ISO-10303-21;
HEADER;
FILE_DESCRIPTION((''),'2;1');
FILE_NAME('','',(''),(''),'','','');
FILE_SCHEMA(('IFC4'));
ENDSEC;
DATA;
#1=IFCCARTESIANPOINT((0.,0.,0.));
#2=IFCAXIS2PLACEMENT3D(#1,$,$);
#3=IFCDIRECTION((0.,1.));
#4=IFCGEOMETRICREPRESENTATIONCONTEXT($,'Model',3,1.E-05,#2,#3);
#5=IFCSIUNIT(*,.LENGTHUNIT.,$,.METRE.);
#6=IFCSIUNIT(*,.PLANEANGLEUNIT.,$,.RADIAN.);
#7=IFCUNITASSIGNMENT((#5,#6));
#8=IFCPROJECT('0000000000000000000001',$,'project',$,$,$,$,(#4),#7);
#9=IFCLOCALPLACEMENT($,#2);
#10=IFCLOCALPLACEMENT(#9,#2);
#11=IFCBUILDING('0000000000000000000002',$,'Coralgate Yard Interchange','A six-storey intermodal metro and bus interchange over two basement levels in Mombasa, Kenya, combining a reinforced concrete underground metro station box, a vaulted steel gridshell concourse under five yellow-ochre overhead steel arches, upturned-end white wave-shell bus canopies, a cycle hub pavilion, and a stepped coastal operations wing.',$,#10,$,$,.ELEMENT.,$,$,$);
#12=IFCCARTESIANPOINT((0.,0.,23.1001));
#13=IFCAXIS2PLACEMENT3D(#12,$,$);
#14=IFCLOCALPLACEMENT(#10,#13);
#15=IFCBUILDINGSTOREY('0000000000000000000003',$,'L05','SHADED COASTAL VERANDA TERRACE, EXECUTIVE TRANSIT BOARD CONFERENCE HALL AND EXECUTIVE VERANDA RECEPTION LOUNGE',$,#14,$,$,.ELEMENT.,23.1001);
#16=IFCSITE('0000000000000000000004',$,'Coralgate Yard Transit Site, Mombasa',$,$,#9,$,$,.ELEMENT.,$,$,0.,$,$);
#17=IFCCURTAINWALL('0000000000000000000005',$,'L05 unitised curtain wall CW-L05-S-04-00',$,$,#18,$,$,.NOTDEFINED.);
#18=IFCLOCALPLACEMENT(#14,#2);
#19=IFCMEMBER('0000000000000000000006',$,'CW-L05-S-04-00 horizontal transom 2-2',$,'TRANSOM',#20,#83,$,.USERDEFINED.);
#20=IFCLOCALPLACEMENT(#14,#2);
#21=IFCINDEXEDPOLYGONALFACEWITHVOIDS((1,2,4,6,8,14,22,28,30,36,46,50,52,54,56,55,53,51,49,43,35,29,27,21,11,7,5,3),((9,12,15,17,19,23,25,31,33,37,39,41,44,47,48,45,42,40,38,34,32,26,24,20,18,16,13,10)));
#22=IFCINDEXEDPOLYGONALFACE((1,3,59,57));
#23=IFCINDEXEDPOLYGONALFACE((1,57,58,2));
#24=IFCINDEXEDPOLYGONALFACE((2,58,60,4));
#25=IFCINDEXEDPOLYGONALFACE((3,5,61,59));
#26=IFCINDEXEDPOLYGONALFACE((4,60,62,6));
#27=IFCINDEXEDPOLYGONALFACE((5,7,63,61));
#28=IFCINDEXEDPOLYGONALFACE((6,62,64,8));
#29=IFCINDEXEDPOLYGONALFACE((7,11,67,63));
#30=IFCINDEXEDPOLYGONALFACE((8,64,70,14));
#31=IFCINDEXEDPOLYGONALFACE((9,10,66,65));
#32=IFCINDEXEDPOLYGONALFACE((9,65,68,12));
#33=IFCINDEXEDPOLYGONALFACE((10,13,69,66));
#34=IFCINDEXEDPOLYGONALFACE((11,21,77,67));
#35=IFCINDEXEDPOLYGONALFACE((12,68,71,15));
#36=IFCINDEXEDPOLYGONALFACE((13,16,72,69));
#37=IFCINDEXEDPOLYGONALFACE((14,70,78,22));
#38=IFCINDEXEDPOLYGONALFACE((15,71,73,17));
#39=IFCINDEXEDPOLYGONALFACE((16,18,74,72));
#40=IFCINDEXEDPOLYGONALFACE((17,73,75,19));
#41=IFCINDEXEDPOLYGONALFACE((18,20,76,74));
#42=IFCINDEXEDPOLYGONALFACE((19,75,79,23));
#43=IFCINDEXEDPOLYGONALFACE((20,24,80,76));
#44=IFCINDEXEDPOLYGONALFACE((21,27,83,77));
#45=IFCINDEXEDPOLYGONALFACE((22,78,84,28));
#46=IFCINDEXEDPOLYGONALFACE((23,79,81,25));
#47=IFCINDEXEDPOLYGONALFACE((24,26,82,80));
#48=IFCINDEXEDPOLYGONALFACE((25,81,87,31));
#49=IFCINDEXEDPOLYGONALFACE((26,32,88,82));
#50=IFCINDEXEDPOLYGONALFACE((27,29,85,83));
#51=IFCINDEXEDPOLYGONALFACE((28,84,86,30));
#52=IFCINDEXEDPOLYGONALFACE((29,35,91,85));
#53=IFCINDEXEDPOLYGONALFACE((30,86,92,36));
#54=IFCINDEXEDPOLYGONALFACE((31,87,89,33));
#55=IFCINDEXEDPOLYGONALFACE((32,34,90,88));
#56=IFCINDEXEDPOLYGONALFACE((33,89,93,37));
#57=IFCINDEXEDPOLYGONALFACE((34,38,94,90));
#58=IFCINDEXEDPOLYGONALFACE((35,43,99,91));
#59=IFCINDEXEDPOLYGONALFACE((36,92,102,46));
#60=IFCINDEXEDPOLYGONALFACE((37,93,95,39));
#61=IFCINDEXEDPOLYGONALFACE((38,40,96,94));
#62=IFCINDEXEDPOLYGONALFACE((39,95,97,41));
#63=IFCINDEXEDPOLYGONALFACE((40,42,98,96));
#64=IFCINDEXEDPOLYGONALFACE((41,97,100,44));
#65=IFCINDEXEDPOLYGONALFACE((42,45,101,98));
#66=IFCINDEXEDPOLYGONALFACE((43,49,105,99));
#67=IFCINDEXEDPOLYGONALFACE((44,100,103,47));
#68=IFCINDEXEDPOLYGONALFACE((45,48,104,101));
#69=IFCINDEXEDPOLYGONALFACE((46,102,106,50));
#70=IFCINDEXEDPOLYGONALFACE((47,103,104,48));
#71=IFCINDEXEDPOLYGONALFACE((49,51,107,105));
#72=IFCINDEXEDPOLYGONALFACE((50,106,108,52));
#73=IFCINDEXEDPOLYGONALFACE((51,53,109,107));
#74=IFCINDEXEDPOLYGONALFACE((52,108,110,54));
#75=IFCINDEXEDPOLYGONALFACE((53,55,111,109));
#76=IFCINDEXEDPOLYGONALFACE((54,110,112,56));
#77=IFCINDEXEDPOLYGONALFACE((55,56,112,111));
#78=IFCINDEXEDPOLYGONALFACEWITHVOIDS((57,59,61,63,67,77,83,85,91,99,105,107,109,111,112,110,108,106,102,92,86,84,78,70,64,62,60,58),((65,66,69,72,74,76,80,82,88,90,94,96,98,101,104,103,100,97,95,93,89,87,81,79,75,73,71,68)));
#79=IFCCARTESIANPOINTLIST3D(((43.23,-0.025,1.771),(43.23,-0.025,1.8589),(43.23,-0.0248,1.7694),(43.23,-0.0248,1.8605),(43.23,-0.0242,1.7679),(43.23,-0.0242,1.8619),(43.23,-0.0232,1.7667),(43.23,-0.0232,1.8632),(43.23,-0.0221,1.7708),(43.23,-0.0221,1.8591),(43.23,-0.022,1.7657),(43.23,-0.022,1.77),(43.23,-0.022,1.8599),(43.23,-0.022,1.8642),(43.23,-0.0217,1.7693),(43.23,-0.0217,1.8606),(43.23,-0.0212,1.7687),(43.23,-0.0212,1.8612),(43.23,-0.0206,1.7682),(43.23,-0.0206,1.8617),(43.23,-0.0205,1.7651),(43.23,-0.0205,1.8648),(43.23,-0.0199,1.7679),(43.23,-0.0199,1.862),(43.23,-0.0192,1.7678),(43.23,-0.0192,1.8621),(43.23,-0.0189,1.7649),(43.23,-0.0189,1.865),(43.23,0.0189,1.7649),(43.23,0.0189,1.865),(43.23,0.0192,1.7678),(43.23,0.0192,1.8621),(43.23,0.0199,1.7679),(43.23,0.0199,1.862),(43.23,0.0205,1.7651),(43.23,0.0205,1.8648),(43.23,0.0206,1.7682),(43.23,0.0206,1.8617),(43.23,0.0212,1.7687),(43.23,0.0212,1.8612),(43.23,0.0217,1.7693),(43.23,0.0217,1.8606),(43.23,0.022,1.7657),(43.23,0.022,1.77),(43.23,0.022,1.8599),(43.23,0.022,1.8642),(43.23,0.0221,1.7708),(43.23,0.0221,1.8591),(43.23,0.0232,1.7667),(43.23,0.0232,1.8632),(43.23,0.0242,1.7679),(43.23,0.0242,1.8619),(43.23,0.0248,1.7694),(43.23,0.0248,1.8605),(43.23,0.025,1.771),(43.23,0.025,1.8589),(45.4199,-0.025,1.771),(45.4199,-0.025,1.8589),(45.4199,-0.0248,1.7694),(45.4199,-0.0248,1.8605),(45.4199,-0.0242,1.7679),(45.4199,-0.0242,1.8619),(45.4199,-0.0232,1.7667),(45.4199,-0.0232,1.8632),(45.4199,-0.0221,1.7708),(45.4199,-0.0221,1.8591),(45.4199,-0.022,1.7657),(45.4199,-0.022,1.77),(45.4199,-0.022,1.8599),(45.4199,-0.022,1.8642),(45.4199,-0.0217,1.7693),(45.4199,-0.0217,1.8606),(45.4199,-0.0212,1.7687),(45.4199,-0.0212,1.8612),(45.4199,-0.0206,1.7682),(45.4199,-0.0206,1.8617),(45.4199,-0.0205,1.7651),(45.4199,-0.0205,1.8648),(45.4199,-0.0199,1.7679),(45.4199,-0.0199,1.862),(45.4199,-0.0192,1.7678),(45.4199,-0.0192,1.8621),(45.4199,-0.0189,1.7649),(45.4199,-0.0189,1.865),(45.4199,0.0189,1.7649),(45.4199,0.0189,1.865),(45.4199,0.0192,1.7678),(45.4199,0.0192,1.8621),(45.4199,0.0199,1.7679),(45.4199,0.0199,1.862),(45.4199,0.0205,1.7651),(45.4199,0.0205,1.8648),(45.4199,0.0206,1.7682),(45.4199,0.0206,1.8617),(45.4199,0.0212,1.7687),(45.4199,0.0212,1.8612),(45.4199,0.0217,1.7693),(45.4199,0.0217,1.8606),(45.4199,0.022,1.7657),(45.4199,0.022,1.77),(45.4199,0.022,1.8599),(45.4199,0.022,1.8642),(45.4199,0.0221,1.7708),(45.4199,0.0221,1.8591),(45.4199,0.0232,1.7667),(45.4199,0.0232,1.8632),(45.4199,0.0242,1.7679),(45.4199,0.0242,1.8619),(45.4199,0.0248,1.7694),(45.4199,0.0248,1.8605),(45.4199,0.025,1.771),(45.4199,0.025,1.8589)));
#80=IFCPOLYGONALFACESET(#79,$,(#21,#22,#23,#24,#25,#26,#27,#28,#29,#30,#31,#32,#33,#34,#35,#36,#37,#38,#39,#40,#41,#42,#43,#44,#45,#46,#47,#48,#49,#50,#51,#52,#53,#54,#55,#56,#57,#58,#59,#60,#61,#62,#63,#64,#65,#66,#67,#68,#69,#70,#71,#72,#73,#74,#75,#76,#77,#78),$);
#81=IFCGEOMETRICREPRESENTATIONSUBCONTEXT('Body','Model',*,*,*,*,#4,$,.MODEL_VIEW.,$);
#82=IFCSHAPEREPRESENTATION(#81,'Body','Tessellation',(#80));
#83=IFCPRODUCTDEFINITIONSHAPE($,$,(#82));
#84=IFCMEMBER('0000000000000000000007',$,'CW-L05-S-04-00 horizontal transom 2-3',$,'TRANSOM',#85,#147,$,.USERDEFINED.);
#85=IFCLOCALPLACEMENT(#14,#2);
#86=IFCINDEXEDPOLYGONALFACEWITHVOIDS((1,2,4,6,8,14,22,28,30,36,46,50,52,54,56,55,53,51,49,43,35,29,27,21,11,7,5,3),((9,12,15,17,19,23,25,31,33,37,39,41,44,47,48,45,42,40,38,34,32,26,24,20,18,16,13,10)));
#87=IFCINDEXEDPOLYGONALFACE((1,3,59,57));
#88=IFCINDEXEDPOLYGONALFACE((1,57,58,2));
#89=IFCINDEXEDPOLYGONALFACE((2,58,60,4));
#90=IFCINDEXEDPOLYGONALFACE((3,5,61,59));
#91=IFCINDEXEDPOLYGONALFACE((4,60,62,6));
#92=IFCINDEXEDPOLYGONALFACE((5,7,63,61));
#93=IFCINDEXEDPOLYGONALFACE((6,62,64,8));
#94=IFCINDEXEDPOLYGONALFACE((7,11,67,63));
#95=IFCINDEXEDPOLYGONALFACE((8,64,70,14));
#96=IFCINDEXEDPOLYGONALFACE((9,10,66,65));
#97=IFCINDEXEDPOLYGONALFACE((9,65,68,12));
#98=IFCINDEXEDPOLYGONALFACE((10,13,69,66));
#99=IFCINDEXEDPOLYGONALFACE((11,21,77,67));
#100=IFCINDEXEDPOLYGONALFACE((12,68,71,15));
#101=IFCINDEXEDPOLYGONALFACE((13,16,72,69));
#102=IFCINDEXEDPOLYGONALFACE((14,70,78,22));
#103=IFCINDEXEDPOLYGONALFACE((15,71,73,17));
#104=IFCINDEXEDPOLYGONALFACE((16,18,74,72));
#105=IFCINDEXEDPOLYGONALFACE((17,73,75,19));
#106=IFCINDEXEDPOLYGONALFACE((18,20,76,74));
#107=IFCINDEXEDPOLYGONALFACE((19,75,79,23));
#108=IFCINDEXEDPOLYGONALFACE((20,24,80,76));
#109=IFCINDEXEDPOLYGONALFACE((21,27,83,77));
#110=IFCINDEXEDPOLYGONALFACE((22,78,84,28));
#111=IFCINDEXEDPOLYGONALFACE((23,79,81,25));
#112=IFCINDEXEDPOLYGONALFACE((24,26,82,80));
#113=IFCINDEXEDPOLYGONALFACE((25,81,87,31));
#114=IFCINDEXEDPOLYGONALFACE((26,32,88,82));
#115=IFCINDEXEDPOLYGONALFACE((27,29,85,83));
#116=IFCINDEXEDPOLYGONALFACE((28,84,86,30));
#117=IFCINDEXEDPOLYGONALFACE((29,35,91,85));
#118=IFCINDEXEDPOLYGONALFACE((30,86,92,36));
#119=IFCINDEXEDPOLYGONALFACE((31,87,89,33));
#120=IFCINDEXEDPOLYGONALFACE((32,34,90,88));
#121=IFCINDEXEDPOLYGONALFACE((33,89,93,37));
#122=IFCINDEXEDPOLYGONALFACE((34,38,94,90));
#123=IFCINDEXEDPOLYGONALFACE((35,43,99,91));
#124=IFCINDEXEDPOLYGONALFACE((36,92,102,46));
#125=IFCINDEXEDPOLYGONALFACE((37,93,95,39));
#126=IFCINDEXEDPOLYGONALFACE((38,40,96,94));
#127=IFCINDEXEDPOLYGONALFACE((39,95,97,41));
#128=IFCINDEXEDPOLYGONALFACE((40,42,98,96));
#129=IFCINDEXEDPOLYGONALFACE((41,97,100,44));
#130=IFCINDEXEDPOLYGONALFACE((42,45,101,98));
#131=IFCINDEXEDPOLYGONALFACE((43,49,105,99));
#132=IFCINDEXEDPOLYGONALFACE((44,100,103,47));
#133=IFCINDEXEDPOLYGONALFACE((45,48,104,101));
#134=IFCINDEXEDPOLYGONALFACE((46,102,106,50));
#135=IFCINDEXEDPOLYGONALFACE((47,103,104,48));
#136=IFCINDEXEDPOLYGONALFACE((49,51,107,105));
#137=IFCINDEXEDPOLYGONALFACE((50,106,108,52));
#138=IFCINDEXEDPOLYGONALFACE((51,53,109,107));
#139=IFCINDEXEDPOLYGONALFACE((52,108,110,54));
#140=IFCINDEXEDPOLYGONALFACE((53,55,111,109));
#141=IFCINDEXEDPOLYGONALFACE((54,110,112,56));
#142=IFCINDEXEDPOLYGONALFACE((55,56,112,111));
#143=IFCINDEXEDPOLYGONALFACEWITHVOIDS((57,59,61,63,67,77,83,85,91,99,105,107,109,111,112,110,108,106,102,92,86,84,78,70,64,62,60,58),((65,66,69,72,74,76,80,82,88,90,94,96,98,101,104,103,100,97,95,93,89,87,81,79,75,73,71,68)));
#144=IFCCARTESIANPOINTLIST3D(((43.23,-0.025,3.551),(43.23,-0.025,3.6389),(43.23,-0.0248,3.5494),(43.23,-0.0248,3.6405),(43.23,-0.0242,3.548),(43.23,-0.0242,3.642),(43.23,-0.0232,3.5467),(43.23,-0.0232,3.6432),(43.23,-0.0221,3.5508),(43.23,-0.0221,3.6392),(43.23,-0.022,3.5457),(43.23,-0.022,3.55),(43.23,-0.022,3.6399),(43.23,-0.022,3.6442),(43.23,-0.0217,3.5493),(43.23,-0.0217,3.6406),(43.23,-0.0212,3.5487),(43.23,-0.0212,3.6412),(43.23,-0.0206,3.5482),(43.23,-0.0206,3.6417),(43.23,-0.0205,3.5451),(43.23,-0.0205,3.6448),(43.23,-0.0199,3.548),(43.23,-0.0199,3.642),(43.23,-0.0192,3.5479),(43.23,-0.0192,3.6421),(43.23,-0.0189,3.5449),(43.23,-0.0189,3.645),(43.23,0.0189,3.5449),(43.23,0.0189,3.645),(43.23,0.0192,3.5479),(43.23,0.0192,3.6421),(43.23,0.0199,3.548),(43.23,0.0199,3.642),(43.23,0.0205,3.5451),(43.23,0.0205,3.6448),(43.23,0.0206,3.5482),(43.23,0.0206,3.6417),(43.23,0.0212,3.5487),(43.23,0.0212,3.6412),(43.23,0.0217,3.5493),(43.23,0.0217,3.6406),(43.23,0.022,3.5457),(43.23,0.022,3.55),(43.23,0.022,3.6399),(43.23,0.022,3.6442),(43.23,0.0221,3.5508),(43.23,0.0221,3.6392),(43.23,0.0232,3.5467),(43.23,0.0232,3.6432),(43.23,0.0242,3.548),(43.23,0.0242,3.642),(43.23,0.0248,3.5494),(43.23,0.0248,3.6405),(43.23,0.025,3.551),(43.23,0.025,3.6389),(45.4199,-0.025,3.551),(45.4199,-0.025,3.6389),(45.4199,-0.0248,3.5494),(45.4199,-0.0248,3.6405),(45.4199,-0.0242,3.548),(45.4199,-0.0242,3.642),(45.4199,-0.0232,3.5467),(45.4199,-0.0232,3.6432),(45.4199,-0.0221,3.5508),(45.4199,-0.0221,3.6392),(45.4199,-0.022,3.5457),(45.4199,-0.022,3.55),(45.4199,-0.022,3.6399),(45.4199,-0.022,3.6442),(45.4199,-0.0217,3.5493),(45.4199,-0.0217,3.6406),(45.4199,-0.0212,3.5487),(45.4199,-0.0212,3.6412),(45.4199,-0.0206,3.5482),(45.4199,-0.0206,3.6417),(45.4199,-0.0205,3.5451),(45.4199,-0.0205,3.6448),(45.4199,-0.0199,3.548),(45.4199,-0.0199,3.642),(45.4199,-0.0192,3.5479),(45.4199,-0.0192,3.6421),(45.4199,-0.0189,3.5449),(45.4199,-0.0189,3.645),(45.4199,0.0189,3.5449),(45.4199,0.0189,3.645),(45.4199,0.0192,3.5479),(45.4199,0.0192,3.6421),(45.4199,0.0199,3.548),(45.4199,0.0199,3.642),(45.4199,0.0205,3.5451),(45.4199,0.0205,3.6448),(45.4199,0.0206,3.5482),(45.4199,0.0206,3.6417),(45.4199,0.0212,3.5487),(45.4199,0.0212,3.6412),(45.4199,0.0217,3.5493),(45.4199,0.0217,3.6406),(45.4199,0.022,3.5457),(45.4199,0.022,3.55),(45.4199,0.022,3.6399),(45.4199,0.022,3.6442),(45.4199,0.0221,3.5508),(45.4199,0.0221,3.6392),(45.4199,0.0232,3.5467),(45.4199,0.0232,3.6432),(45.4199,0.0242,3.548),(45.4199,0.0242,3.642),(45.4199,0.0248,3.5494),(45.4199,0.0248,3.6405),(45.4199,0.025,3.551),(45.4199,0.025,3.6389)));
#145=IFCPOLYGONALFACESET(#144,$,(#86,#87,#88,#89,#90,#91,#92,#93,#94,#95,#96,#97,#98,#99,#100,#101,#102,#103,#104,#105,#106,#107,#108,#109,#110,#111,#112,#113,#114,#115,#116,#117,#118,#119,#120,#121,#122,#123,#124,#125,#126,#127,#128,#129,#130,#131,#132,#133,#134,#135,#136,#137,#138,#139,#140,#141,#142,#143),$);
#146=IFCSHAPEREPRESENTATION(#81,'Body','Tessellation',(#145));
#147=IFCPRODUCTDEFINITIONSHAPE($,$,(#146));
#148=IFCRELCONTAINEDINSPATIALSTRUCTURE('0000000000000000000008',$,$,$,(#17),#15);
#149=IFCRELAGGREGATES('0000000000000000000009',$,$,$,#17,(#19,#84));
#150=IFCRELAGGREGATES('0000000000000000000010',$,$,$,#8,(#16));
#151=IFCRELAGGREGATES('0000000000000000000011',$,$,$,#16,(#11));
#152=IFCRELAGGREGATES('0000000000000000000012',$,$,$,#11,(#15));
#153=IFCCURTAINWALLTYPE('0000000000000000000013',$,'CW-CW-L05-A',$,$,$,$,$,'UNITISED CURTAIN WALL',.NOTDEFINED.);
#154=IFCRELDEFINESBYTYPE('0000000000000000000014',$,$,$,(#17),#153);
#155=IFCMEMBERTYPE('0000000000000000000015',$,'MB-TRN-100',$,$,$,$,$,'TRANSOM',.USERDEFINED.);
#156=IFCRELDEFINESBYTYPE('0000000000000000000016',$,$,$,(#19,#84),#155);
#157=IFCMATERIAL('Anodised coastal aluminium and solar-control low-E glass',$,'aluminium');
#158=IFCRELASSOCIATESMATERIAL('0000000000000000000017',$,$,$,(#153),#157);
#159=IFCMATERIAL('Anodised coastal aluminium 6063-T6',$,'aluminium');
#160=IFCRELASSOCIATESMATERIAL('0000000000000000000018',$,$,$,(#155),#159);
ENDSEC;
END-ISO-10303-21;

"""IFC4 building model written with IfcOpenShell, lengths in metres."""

from ifc_helpers import new_model, si_unit, direction, frame, origin, origin_2d, place, context, subcontext, project, spatial, hollow_rectangle, extrude, material, material_profile, profile_set, type_object, element, aggregate, save


model = new_model("IFC4")

# Units and contexts
model_context = context("Model", 3, precision=1e-05, world=origin(), true_north=direction((0.0, 1.0)))
body_context = subcontext(model_context, "Body", "Model", "MODEL_VIEW")
ifc_project = project(units=[si_unit("LENGTHUNIT", "METRE"), si_unit("PLANEANGLEUNIT", "RADIAN")], contexts=[model_context])

# Site, building, storey
site_placement = place(None, origin())
site = spatial("IfcSite", under=ifc_project, at=site_placement, Name="Coralgate Yard Transit Site, Mombasa", CompositionType="ELEMENT", RefElevation=0.0)
building_placement = place(site_placement, origin())
building = spatial("IfcBuilding", under=site, at=building_placement, Name="Coralgate Yard Interchange", Description="A six-storey intermodal metro and bus interchange over two basement levels in Mombasa, Kenya, combining a reinforced concrete underground metro station box, a vaulted steel gridshell concourse under five yellow-ochre overhead steel arches, upturned-end white wave-shell bus canopies, a cycle hub pavilion, and a stepped coastal operations wing.", CompositionType="ELEMENT")
storey_placement = place(building_placement, frame((0.0, 0.0, 23.1001)))
storey = spatial("IfcBuildingStorey", under=building, at=storey_placement, Name="L05", Description="SHADED COASTAL VERANDA TERRACE, EXECUTIVE TRANSIT BOARD CONFERENCE HALL AND EXECUTIVE VERANDA RECEPTION LOUNGE", CompositionType="ELEMENT", Elevation=23.1001)

# Curtain wall, members
ifc_material_1 = material(Name="Anodised coastal aluminium and solar-control low-E glass", Category="aluminium")
curtain_wall_type = type_object("IfcCurtainWallType", Name="CW-CW-L05-A", ElementType="UNITISED CURTAIN WALL", PredefinedType="NOTDEFINED", material=ifc_material_1)
curtain_wall_placement = place(storey_placement, origin())
curtain_wall = element("IfcCurtainWall", 1, at=curtain_wall_placement, inside=storey, type_object=curtain_wall_type, Name="L05 unitised curtain wall CW-L05-S-04-00", PredefinedType="NOTDEFINED")
ifc_material_2 = material(Name="Anodised coastal aluminium 6063-T6", Category="aluminium")
ifc_material_profile_1 = material_profile(ifc_material_2, hollow_rectangle(XDim=0.05, YDim=0.1001, WallThickness=0.0029, InnerFilletRadius=0.0029, OuterFilletRadius=0.0061, at=origin_2d()), Name="ALU 50x100x3")
ifc_profile_set_1 = profile_set([ifc_material_profile_1], Name="Anodised coastal aluminium 6063-T6")
member_type_1 = type_object("IfcMemberType", Name="MB-TRN-100", ElementType="TRANSOM", PredefinedType="USERDEFINED", material=ifc_profile_set_1)
member_1_placement = place(storey_placement, frame((45.4199, 0.0, 1.8149), z_axis=(-1.0, 0.0, 0.0), x_axis=(0.0, -1.0, 0.0)))
member_1 = element("IfcMember", 2, at=member_1_placement, type_object=member_type_1, Name="CW-L05-S-04-00 horizontal transom 2-2", ObjectType="TRANSOM", PredefinedType="USERDEFINED", context=body_context, shape_type="SweptSolid", body=[
    extrude(hollow_rectangle(XDim=0.05, YDim=0.1001, WallThickness=0.0029, InnerFilletRadius=0.0029, OuterFilletRadius=0.0061, at=origin_2d()), origin(), (0.0, 0.0, 1.0), 2.1899),
])
member_2_placement = place(storey_placement, frame((45.4199, 0.0, 3.595), z_axis=(-1.0, 0.0, 0.0), x_axis=(0.0, -1.0, 0.0)))
member_2 = element("IfcMember", 3, at=member_2_placement, type_object=member_type_1, Name="CW-L05-S-04-00 horizontal transom 2-3", ObjectType="TRANSOM", PredefinedType="USERDEFINED", context=body_context, shape_type="SweptSolid", body=[
    extrude(hollow_rectangle(XDim=0.05, YDim=0.1001, WallThickness=0.0029, InnerFilletRadius=0.0029, OuterFilletRadius=0.0061, at=origin_2d()), origin(), (0.0, 0.0, 1.0), 2.1899),
])
aggregate(curtain_wall, [member_1, member_2])

save(model, "model.ifc")
